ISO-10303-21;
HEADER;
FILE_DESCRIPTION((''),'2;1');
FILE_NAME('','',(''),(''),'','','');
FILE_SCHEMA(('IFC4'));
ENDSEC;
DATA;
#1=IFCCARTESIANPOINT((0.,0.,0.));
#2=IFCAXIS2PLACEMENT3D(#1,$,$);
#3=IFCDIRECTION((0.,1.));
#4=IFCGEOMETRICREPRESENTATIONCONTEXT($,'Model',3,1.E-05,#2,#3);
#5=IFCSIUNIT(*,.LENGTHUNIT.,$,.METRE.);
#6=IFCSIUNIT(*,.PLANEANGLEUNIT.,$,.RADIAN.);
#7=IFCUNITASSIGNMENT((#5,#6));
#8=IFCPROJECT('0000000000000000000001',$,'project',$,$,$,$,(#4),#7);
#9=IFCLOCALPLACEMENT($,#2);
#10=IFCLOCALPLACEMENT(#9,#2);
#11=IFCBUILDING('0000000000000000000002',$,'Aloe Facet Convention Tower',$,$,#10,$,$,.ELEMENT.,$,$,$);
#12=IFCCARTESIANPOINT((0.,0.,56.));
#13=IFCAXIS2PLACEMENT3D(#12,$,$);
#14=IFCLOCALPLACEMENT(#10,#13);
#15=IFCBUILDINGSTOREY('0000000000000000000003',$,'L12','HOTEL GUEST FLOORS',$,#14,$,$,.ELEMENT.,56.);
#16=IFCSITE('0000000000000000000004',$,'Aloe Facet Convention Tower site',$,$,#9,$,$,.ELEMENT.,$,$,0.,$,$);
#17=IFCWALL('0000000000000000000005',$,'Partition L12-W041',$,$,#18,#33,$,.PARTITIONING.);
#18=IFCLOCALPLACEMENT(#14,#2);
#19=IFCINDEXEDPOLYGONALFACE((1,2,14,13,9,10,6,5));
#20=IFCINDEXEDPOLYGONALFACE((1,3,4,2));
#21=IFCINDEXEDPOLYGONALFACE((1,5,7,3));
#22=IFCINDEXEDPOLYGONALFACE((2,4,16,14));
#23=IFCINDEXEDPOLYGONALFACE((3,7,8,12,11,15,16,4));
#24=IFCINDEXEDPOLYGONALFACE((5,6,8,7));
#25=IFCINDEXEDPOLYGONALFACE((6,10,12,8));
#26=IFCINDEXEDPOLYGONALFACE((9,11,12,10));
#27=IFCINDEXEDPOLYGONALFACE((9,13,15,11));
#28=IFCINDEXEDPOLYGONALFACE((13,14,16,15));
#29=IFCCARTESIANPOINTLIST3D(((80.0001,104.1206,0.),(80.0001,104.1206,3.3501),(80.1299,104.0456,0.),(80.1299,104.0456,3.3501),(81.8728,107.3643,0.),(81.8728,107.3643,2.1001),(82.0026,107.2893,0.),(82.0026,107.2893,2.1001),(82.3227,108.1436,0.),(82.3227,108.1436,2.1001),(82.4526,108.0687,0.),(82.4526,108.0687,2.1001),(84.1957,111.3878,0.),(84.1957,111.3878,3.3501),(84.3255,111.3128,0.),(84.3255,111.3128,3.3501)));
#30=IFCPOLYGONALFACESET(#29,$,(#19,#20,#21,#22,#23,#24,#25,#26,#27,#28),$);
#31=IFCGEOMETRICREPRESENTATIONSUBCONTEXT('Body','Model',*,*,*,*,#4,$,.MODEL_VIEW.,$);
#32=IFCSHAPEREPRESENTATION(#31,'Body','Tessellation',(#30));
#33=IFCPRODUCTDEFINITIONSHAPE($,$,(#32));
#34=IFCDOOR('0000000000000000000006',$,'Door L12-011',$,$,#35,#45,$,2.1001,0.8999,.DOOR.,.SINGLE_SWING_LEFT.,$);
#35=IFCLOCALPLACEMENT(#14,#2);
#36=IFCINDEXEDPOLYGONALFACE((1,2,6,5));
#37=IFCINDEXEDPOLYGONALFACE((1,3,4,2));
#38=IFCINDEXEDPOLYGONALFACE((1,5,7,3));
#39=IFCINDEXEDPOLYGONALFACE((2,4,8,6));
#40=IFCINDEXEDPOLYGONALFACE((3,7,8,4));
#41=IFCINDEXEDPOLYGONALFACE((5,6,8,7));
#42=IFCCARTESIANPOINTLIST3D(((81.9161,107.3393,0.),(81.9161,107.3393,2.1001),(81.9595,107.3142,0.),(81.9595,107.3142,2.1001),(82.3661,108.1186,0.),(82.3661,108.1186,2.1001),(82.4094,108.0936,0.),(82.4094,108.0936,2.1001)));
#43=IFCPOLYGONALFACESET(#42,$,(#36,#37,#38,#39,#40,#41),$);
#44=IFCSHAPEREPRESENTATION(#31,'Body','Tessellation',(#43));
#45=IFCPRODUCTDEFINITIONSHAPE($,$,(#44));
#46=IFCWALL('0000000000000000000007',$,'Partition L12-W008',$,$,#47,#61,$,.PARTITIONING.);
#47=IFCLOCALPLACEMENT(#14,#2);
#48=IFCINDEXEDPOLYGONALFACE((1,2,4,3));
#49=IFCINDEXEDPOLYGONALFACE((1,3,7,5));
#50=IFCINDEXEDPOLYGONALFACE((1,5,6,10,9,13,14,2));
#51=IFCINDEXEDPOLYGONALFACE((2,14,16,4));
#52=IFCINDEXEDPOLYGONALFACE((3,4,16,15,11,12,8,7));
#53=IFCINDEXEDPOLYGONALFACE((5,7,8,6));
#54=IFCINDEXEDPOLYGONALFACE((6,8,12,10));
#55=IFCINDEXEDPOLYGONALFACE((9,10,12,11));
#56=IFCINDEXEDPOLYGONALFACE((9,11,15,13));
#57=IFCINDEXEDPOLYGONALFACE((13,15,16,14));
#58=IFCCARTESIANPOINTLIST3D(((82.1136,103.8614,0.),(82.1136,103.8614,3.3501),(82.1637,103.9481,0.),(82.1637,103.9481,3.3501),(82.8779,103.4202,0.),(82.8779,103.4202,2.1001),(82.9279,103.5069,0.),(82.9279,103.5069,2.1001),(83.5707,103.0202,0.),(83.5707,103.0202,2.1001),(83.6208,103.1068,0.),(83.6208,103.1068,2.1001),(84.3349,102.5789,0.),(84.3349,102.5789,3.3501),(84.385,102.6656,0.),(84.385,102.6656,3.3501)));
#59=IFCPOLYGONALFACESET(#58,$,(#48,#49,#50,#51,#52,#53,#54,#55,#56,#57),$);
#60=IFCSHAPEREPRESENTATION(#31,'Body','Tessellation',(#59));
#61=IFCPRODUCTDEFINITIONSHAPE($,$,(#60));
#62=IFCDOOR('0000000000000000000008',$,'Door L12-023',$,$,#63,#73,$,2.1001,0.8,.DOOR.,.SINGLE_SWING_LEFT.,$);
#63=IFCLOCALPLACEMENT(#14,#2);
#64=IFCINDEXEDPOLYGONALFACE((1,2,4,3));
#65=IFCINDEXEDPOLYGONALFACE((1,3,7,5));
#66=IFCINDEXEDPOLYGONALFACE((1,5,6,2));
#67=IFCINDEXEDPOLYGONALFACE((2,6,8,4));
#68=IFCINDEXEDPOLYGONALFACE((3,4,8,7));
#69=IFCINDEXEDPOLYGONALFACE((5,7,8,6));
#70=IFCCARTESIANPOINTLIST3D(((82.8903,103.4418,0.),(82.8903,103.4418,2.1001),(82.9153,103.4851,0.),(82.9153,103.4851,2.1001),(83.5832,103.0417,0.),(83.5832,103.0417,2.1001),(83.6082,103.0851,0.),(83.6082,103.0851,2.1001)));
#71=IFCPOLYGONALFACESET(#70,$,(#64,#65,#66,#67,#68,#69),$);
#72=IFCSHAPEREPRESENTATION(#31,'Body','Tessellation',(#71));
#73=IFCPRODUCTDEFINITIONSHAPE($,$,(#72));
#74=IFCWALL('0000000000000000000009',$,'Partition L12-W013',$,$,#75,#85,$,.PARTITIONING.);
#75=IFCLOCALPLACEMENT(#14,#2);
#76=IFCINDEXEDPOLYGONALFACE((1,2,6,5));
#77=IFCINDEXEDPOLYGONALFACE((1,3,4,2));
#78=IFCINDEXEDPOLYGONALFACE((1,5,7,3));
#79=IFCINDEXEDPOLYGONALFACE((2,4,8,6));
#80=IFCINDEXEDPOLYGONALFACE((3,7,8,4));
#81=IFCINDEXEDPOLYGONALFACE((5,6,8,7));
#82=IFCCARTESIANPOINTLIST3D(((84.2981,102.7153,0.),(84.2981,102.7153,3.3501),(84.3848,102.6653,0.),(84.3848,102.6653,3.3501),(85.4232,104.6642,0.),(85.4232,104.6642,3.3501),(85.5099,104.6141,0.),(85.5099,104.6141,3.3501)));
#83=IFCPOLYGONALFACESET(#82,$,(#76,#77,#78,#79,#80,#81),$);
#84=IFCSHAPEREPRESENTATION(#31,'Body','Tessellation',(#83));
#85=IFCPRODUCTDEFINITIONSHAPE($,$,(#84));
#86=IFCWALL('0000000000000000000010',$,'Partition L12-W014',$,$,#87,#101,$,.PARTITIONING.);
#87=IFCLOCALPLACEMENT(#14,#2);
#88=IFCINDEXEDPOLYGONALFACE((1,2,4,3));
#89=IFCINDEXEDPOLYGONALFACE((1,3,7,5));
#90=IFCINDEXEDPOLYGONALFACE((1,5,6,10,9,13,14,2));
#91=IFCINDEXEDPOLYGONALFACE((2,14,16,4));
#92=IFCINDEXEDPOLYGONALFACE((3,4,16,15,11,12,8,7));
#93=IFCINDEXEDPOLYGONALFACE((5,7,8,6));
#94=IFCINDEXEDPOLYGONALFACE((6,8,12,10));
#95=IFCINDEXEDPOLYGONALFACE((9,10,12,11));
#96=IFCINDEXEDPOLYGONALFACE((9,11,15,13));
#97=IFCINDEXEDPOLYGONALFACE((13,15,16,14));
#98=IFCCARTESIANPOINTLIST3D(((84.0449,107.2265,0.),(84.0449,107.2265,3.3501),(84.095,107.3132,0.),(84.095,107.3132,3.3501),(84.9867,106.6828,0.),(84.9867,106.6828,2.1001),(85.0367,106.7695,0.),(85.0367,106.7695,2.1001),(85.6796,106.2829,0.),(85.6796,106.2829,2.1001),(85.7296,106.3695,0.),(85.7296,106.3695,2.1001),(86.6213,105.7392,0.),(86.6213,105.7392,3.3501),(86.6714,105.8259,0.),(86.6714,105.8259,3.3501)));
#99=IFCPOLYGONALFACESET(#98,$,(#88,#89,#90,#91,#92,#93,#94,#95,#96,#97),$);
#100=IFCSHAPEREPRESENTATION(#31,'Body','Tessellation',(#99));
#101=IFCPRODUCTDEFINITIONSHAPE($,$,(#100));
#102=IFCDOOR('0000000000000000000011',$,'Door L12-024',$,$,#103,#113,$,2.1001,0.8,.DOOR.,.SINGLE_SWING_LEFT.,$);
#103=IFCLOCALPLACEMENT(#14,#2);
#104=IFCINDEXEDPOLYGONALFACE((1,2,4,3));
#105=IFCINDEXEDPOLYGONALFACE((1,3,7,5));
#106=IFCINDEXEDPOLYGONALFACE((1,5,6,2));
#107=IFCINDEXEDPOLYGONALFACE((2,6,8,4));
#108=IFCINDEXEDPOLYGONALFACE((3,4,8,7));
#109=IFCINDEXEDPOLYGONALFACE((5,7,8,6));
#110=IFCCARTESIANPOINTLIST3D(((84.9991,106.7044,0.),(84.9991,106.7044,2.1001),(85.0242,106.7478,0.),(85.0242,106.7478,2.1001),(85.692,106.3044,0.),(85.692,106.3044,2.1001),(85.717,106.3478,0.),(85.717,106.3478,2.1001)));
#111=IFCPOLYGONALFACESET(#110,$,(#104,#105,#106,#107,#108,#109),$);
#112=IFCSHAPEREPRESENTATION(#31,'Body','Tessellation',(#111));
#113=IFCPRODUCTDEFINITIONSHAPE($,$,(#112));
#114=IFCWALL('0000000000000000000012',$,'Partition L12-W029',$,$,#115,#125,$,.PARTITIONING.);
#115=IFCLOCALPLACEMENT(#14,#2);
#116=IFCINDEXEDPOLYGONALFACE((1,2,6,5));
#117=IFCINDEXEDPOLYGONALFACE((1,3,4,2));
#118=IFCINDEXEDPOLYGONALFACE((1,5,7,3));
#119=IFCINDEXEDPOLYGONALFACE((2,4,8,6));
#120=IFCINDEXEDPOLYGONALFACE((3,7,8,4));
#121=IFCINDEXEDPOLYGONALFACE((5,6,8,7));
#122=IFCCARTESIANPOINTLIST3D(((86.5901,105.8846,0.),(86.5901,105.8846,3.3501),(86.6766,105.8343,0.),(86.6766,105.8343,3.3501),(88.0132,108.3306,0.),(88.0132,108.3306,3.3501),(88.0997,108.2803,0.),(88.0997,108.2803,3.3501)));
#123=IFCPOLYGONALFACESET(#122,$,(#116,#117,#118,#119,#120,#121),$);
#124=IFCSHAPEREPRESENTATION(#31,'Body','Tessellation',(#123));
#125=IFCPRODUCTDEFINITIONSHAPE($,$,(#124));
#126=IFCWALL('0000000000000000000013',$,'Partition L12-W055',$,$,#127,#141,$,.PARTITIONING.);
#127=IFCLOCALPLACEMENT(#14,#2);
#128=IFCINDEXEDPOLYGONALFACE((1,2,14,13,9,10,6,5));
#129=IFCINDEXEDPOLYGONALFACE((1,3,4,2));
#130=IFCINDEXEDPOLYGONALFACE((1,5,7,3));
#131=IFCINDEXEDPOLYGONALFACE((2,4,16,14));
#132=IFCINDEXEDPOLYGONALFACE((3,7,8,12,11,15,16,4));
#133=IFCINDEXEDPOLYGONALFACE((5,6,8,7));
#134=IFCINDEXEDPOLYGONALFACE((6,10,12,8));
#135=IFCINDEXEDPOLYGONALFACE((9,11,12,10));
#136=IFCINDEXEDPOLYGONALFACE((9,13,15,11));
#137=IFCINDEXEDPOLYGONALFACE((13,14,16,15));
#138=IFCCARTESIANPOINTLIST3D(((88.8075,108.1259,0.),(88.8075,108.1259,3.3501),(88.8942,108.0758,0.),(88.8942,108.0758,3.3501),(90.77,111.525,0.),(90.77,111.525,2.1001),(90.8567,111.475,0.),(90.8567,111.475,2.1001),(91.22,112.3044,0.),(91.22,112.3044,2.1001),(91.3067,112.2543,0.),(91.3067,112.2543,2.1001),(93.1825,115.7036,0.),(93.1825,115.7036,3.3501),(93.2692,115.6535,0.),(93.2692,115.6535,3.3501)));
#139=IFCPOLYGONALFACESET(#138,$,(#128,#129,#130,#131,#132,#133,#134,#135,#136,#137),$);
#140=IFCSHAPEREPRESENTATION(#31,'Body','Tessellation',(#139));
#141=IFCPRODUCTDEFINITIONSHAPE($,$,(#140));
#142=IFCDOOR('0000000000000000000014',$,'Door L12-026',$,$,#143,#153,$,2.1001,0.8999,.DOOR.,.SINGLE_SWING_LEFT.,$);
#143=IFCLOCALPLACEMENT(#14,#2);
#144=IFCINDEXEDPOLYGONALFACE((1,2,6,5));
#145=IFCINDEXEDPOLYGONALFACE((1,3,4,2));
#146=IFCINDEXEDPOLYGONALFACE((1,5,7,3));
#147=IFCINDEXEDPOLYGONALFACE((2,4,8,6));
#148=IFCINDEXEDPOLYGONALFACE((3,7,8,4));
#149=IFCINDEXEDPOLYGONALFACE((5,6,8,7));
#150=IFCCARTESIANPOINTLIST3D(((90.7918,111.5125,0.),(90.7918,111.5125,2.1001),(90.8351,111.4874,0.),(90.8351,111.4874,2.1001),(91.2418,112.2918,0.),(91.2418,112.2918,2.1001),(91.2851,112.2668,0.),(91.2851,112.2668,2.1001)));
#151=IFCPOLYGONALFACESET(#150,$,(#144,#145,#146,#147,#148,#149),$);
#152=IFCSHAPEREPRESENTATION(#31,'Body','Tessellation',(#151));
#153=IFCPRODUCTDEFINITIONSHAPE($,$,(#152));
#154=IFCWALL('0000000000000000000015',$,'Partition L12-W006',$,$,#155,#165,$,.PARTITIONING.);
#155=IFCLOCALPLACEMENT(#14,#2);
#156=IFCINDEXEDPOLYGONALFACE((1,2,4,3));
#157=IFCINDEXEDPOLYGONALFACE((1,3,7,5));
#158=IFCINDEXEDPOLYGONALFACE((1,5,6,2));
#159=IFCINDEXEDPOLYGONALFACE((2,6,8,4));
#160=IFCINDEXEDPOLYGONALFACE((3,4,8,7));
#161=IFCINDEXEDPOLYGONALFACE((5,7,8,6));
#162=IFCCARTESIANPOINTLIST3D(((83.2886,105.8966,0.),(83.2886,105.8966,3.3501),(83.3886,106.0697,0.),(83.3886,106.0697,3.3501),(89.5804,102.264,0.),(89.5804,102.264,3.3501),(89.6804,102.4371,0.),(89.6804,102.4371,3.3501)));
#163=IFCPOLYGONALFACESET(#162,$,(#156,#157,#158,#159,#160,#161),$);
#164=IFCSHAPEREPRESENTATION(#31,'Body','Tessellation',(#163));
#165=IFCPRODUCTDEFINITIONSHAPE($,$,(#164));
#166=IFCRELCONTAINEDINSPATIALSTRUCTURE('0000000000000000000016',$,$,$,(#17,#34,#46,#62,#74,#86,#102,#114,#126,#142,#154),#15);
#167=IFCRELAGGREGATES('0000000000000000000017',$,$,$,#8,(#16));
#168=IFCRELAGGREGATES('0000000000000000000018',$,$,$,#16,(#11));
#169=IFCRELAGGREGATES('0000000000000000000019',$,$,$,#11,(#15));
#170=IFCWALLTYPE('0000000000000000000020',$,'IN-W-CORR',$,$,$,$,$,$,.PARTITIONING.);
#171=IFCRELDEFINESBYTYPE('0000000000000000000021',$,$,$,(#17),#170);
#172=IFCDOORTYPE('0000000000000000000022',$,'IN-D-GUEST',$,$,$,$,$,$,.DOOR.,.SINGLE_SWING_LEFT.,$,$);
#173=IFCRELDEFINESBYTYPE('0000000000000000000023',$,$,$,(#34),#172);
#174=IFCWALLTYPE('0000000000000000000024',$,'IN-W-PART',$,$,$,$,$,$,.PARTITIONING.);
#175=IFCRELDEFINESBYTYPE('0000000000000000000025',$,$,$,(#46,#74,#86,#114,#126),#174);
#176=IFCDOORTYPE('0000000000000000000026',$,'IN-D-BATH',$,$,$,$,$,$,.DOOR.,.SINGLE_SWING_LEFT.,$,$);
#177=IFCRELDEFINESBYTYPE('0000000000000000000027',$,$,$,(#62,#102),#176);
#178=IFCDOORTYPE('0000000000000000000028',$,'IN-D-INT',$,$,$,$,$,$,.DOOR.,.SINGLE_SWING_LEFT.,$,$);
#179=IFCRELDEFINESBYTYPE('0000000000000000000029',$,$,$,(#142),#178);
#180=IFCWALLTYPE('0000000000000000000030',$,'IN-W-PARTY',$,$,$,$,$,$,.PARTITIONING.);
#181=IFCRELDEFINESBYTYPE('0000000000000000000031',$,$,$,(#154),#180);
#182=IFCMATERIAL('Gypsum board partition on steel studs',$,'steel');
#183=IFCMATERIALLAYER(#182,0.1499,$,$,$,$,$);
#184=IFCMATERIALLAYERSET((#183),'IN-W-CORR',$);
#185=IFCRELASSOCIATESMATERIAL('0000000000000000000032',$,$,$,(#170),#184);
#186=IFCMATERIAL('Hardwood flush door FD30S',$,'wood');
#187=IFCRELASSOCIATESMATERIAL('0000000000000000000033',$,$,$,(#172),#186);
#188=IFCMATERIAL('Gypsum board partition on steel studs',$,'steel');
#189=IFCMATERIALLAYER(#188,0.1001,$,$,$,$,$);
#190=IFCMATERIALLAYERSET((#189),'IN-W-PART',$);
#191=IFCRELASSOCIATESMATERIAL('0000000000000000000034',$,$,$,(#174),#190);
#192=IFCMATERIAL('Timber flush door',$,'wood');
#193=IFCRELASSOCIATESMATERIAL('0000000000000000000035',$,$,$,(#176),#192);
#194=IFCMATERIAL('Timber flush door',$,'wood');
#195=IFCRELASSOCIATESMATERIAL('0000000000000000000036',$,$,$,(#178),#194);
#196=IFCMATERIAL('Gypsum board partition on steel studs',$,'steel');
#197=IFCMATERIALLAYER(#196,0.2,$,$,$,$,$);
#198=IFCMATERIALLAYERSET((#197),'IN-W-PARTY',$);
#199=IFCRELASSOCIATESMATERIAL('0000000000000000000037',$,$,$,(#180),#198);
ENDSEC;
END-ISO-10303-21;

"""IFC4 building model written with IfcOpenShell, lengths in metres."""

from ifc_helpers import new_model, si_unit, direction, frame, frame_2d, origin, place, context, subcontext, project, spatial, rectangle, extrude, material, layer, layer_set, type_object, element, fill, save


model = new_model("IFC4")

# Units and contexts
model_context = context("Model", 3, precision=1e-05, world=origin(), true_north=direction((0.0, 1.0)))
body_context = subcontext(model_context, "Body", "Model", "MODEL_VIEW")
ifc_project = project(units=[si_unit("LENGTHUNIT", "METRE"), si_unit("PLANEANGLEUNIT", "RADIAN")], contexts=[model_context])

# Site, building, storey
site_placement = place(None, origin())
site = spatial("IfcSite", under=ifc_project, at=site_placement, Name="Aloe Facet Convention Tower site", CompositionType="ELEMENT", RefElevation=0.0)
building_placement = place(site_placement, origin())
building = spatial("IfcBuilding", under=site, at=building_placement, Name="Aloe Facet Convention Tower", CompositionType="ELEMENT")
storey_placement = place(building_placement, frame((0.0, 0.0, 56.0)))
storey = spatial("IfcBuildingStorey", under=building, at=storey_placement, Name="L12", Description="HOTEL GUEST FLOORS", CompositionType="ELEMENT", Elevation=56.0)

# Shared definitions
ifc_material_1 = material(Name="Gypsum board partition on steel studs", Category="steel")
ifc_layer_1 = layer(ifc_material_1, 0.1499)
ifc_layer_set_1 = layer_set([ifc_layer_1], Name="IN-W-CORR")
wall_type_1 = type_object("IfcWallType", Name="IN-W-CORR", PredefinedType="PARTITIONING", material=ifc_layer_set_1)

# Walls, openings, doors
ifc_material_2 = material(Name="Hardwood flush door FD30S", Category="wood")
door_type_1 = type_object("IfcDoorType", Name="IN-D-GUEST", OperationType="SINGLE_SWING_LEFT", PredefinedType="DOOR", material=ifc_material_2)
wall_1_placement = place(storey_placement, frame((80.0649, 104.083, 0.0), z_axis=(0.0, 0.0, 1.0), x_axis=(0.499991, 0.866031, 0.0)))
wall_1 = element("IfcWall", 1, at=wall_1_placement, inside=storey, type_object=wall_type_1, Name="Partition L12-W041", PredefinedType="PARTITIONING", context=body_context, shape_type="SweptSolid", body=[
    extrude(rectangle(XDim=8.3914, YDim=0.1499, at=frame_2d((4.1958, 0.0))), origin(), (0.0, 0.0, 1.0), 3.3501),
])
opening_1_placement = place(wall_1_placement, frame((3.7456, 0.0, 0.0)))
opening_1 = element("IfcOpeningElement", 2, at=opening_1_placement, cuts=wall_1, PredefinedType="OPENING", context=body_context, shape_type="SweptSolid", body=[
    extrude(rectangle(XDim=0.8999, YDim=2.1001, at=frame_2d((0.45, 1.05))), frame((0.0, 0.085, 0.0), z_axis=(0.0, -1.0, 0.0), x_axis=(1.0, 0.0, 0.0)), (0.0, 0.0, 1.0), 0.1699),
])
door_1_placement = place(opening_1_placement, origin())
door_1 = element("IfcDoor", 3, at=door_1_placement, inside=storey, type_object=door_type_1, Name="Door L12-011", OperationType="SINGLE_SWING_LEFT", OverallHeight=2.1001, OverallWidth=0.8999, PredefinedType="DOOR", context=body_context, shape_type="SweptSolid", body=[
    extrude(rectangle(XDim=0.8999, YDim=2.1001, at=frame_2d((0.45, 1.05))), frame((0.0, 0.0249, 0.0), z_axis=(0.0, -1.0, 0.0), x_axis=(1.0, 0.0, 0.0)), (0.0, 0.0, 1.0), 0.05),
])
fill(opening_1, door_1)
ifc_material_3 = material(Name="Gypsum board partition on steel studs", Category="steel")
ifc_layer_2 = layer(ifc_material_3, 0.1001)
ifc_layer_set_2 = layer_set([ifc_layer_2], Name="IN-W-PART")
wall_type_2 = type_object("IfcWallType", Name="IN-W-PART", PredefinedType="PARTITIONING", material=ifc_layer_set_2)
wall_2_placement = place(storey_placement, frame((82.1387, 103.9048, 0.0), z_axis=(0.0, 0.0, 1.0), x_axis=(0.866014, -0.500019, 0.0)))
wall_2 = element("IfcWall", 4, at=wall_2_placement, inside=storey, type_object=wall_type_2, Name="Partition L12-W008", PredefinedType="PARTITIONING", context=body_context, shape_type="SweptSolid", body=[
    extrude(rectangle(XDim=2.5649, YDim=0.1001, at=frame_2d((1.2825, 0.0))), origin(), (0.0, 0.0, 1.0), 3.3501),
])
opening_2_placement = place(wall_2_placement, frame((0.8826, 0.0, 0.0)))
opening_2 = element("IfcOpeningElement", 5, at=opening_2_placement, cuts=wall_2, PredefinedType="OPENING", context=body_context, shape_type="SweptSolid", body=[
    extrude(rectangle(XDim=0.8, YDim=2.1001, at=frame_2d((0.3999, 1.05))), frame((0.0, 0.0601, 0.0), z_axis=(0.0, -1.0, 0.0), x_axis=(1.0, 0.0, 0.0)), (0.0, 0.0, 1.0), 0.1201),
])
ifc_material_4 = material(Name="Timber flush door", Category="wood")
door_type_2 = type_object("IfcDoorType", Name="IN-D-BATH", OperationType="SINGLE_SWING_LEFT", PredefinedType="DOOR", material=ifc_material_4)
door_2_placement = place(opening_2_placement, origin())
door_2 = element("IfcDoor", 6, at=door_2_placement, inside=storey, type_object=door_type_2, Name="Door L12-023", OperationType="SINGLE_SWING_LEFT", OverallHeight=2.1001, OverallWidth=0.8, PredefinedType="DOOR", context=body_context, shape_type="SweptSolid", body=[
    extrude(rectangle(XDim=0.8, YDim=2.1001, at=frame_2d((0.3999, 1.05))), frame((0.0, 0.0249, 0.0), z_axis=(0.0, -1.0, 0.0), x_axis=(1.0, 0.0, 0.0)), (0.0, 0.0, 1.0), 0.05),
])
fill(opening_2, door_2)

# Wall
wall_3_placement = place(storey_placement, frame((84.3416, 102.6904, 0.0), z_axis=(0.0, 0.0, 1.0), x_axis=(0.499967, 0.866045, 0.0)))
element("IfcWall", 7, at=wall_3_placement, inside=storey, type_object=wall_type_2, Name="Partition L12-W013", PredefinedType="PARTITIONING", context=body_context, shape_type="SweptSolid", body=[
    extrude(rectangle(XDim=2.2502, YDim=0.1001, at=frame_2d((1.125, 0.0))), origin(), (0.0, 0.0, 1.0), 3.3501),
])

# Wall, opening, door
wall_4_placement = place(storey_placement, frame((84.0701, 107.2698, 0.0), z_axis=(0.0, 0.0, 1.0), x_axis=(0.866053, -0.499952, 0.0)))
wall_4 = element("IfcWall", 8, at=wall_4_placement, inside=storey, type_object=wall_type_2, Name="Partition L12-W014", PredefinedType="PARTITIONING", context=body_context, shape_type="SweptSolid", body=[
    extrude(rectangle(XDim=2.9749, YDim=0.1001, at=frame_2d((1.4873, 0.0))), origin(), (0.0, 0.0, 1.0), 3.3501),
])
opening_3_placement = place(wall_4_placement, frame((1.0874, 0.0, 0.0)))
opening_3 = element("IfcOpeningElement", 9, at=opening_3_placement, cuts=wall_4, PredefinedType="OPENING", context=body_context, shape_type="SweptSolid", body=[
    extrude(rectangle(XDim=0.8, YDim=2.1001, at=frame_2d((0.3999, 1.05))), frame((0.0, 0.0601, 0.0), z_axis=(0.0, -1.0, 0.0), x_axis=(1.0, 0.0, 0.0)), (0.0, 0.0, 1.0), 0.1201),
])
door_3_placement = place(opening_3_placement, origin())
door_3 = element("IfcDoor", 10, at=door_3_placement, inside=storey, type_object=door_type_2, Name="Door L12-024", OperationType="SINGLE_SWING_LEFT", OverallHeight=2.1001, OverallWidth=0.8, PredefinedType="DOOR", context=body_context, shape_type="SweptSolid", body=[
    extrude(rectangle(XDim=0.8, YDim=2.1001, at=frame_2d((0.3999, 1.05))), frame((0.0, 0.0249, 0.0), z_axis=(0.0, -1.0, 0.0), x_axis=(1.0, 0.0, 0.0)), (0.0, 0.0, 1.0), 0.05),
])
fill(opening_3, door_3)

# Wall
wall_5_placement = place(storey_placement, frame((86.6333, 105.8594, 0.0), z_axis=(0.0, 0.0, 1.0), x_axis=(0.502878, 0.864357, 0.0)))
element("IfcWall", 11, at=wall_5_placement, inside=storey, type_object=wall_type_2, Name="Partition L12-W029", PredefinedType="PARTITIONING", context=body_context, shape_type="SweptSolid", body=[
    extrude(rectangle(XDim=2.8298, YDim=0.1001, at=frame_2d((1.415, 0.0))), origin(), (0.0, 0.0, 1.0), 3.3501),
])

# Wall, opening, door
wall_6_placement = place(storey_placement, frame((88.8508, 108.1008, 0.0), z_axis=(0.0, 0.0, 1.0), x_axis=(0.500004, 0.866023, 0.0)))
wall_6 = element("IfcWall", 12, at=wall_6_placement, inside=storey, type_object=wall_type_2, Name="Partition L12-W055", PredefinedType="PARTITIONING", context=body_context, shape_type="SweptSolid", body=[
    extrude(rectangle(XDim=8.75, YDim=0.1001, at=frame_2d((4.375, 0.0))), origin(), (0.0, 0.0, 1.0), 3.3501),
])
opening_4_placement = place(wall_6_placement, frame((3.925, 0.0, 0.0)))
opening_4 = element("IfcOpeningElement", 13, at=opening_4_placement, cuts=wall_6, PredefinedType="OPENING", context=body_context, shape_type="SweptSolid", body=[
    extrude(rectangle(XDim=0.8999, YDim=2.1001, at=frame_2d((0.45, 1.05))), frame((0.0, 0.0601, 0.0), z_axis=(0.0, -1.0, 0.0), x_axis=(1.0, 0.0, 0.0)), (0.0, 0.0, 1.0), 0.1201),
])
ifc_material_5 = material(Name="Timber flush door", Category="wood")
door_type_3 = type_object("IfcDoorType", Name="IN-D-INT", OperationType="SINGLE_SWING_LEFT", PredefinedType="DOOR", material=ifc_material_5)
door_4_placement = place(opening_4_placement, origin())
door_4 = element("IfcDoor", 14, at=door_4_placement, inside=storey, type_object=door_type_3, Name="Door L12-026", OperationType="SINGLE_SWING_LEFT", OverallHeight=2.1001, OverallWidth=0.8999, PredefinedType="DOOR", context=body_context, shape_type="SweptSolid", body=[
    extrude(rectangle(XDim=0.8999, YDim=2.1001, at=frame_2d((0.45, 1.05))), frame((0.0, 0.0249, 0.0), z_axis=(0.0, -1.0, 0.0), x_axis=(1.0, 0.0, 0.0)), (0.0, 0.0, 1.0), 0.05),
])
fill(opening_4, door_4)

# Wall
ifc_material_6 = material(Name="Gypsum board partition on steel studs", Category="steel")
ifc_layer_3 = layer(ifc_material_6, 0.2)
ifc_layer_set_3 = layer_set([ifc_layer_3], Name="IN-W-PARTY")
wall_type_3 = type_object("IfcWallType", Name="IN-W-PARTY", PredefinedType="PARTITIONING", material=ifc_layer_set_3)
wall_7_placement = place(storey_placement, frame((83.3386, 105.9832, 0.0), z_axis=(0.0, 0.0, 1.0), x_axis=(0.866024, -0.500003, 0.0)))
element("IfcWall", 15, at=wall_7_placement, inside=storey, type_object=wall_type_3, Name="Partition L12-W006", PredefinedType="PARTITIONING", context=body_context, shape_type="SweptSolid", body=[
    extrude(rectangle(XDim=7.2651, YDim=0.2, at=frame_2d((3.6326, 0.0))), origin(), (0.0, 0.0, 1.0), 3.3501),
])

save(model, "model.ifc")
